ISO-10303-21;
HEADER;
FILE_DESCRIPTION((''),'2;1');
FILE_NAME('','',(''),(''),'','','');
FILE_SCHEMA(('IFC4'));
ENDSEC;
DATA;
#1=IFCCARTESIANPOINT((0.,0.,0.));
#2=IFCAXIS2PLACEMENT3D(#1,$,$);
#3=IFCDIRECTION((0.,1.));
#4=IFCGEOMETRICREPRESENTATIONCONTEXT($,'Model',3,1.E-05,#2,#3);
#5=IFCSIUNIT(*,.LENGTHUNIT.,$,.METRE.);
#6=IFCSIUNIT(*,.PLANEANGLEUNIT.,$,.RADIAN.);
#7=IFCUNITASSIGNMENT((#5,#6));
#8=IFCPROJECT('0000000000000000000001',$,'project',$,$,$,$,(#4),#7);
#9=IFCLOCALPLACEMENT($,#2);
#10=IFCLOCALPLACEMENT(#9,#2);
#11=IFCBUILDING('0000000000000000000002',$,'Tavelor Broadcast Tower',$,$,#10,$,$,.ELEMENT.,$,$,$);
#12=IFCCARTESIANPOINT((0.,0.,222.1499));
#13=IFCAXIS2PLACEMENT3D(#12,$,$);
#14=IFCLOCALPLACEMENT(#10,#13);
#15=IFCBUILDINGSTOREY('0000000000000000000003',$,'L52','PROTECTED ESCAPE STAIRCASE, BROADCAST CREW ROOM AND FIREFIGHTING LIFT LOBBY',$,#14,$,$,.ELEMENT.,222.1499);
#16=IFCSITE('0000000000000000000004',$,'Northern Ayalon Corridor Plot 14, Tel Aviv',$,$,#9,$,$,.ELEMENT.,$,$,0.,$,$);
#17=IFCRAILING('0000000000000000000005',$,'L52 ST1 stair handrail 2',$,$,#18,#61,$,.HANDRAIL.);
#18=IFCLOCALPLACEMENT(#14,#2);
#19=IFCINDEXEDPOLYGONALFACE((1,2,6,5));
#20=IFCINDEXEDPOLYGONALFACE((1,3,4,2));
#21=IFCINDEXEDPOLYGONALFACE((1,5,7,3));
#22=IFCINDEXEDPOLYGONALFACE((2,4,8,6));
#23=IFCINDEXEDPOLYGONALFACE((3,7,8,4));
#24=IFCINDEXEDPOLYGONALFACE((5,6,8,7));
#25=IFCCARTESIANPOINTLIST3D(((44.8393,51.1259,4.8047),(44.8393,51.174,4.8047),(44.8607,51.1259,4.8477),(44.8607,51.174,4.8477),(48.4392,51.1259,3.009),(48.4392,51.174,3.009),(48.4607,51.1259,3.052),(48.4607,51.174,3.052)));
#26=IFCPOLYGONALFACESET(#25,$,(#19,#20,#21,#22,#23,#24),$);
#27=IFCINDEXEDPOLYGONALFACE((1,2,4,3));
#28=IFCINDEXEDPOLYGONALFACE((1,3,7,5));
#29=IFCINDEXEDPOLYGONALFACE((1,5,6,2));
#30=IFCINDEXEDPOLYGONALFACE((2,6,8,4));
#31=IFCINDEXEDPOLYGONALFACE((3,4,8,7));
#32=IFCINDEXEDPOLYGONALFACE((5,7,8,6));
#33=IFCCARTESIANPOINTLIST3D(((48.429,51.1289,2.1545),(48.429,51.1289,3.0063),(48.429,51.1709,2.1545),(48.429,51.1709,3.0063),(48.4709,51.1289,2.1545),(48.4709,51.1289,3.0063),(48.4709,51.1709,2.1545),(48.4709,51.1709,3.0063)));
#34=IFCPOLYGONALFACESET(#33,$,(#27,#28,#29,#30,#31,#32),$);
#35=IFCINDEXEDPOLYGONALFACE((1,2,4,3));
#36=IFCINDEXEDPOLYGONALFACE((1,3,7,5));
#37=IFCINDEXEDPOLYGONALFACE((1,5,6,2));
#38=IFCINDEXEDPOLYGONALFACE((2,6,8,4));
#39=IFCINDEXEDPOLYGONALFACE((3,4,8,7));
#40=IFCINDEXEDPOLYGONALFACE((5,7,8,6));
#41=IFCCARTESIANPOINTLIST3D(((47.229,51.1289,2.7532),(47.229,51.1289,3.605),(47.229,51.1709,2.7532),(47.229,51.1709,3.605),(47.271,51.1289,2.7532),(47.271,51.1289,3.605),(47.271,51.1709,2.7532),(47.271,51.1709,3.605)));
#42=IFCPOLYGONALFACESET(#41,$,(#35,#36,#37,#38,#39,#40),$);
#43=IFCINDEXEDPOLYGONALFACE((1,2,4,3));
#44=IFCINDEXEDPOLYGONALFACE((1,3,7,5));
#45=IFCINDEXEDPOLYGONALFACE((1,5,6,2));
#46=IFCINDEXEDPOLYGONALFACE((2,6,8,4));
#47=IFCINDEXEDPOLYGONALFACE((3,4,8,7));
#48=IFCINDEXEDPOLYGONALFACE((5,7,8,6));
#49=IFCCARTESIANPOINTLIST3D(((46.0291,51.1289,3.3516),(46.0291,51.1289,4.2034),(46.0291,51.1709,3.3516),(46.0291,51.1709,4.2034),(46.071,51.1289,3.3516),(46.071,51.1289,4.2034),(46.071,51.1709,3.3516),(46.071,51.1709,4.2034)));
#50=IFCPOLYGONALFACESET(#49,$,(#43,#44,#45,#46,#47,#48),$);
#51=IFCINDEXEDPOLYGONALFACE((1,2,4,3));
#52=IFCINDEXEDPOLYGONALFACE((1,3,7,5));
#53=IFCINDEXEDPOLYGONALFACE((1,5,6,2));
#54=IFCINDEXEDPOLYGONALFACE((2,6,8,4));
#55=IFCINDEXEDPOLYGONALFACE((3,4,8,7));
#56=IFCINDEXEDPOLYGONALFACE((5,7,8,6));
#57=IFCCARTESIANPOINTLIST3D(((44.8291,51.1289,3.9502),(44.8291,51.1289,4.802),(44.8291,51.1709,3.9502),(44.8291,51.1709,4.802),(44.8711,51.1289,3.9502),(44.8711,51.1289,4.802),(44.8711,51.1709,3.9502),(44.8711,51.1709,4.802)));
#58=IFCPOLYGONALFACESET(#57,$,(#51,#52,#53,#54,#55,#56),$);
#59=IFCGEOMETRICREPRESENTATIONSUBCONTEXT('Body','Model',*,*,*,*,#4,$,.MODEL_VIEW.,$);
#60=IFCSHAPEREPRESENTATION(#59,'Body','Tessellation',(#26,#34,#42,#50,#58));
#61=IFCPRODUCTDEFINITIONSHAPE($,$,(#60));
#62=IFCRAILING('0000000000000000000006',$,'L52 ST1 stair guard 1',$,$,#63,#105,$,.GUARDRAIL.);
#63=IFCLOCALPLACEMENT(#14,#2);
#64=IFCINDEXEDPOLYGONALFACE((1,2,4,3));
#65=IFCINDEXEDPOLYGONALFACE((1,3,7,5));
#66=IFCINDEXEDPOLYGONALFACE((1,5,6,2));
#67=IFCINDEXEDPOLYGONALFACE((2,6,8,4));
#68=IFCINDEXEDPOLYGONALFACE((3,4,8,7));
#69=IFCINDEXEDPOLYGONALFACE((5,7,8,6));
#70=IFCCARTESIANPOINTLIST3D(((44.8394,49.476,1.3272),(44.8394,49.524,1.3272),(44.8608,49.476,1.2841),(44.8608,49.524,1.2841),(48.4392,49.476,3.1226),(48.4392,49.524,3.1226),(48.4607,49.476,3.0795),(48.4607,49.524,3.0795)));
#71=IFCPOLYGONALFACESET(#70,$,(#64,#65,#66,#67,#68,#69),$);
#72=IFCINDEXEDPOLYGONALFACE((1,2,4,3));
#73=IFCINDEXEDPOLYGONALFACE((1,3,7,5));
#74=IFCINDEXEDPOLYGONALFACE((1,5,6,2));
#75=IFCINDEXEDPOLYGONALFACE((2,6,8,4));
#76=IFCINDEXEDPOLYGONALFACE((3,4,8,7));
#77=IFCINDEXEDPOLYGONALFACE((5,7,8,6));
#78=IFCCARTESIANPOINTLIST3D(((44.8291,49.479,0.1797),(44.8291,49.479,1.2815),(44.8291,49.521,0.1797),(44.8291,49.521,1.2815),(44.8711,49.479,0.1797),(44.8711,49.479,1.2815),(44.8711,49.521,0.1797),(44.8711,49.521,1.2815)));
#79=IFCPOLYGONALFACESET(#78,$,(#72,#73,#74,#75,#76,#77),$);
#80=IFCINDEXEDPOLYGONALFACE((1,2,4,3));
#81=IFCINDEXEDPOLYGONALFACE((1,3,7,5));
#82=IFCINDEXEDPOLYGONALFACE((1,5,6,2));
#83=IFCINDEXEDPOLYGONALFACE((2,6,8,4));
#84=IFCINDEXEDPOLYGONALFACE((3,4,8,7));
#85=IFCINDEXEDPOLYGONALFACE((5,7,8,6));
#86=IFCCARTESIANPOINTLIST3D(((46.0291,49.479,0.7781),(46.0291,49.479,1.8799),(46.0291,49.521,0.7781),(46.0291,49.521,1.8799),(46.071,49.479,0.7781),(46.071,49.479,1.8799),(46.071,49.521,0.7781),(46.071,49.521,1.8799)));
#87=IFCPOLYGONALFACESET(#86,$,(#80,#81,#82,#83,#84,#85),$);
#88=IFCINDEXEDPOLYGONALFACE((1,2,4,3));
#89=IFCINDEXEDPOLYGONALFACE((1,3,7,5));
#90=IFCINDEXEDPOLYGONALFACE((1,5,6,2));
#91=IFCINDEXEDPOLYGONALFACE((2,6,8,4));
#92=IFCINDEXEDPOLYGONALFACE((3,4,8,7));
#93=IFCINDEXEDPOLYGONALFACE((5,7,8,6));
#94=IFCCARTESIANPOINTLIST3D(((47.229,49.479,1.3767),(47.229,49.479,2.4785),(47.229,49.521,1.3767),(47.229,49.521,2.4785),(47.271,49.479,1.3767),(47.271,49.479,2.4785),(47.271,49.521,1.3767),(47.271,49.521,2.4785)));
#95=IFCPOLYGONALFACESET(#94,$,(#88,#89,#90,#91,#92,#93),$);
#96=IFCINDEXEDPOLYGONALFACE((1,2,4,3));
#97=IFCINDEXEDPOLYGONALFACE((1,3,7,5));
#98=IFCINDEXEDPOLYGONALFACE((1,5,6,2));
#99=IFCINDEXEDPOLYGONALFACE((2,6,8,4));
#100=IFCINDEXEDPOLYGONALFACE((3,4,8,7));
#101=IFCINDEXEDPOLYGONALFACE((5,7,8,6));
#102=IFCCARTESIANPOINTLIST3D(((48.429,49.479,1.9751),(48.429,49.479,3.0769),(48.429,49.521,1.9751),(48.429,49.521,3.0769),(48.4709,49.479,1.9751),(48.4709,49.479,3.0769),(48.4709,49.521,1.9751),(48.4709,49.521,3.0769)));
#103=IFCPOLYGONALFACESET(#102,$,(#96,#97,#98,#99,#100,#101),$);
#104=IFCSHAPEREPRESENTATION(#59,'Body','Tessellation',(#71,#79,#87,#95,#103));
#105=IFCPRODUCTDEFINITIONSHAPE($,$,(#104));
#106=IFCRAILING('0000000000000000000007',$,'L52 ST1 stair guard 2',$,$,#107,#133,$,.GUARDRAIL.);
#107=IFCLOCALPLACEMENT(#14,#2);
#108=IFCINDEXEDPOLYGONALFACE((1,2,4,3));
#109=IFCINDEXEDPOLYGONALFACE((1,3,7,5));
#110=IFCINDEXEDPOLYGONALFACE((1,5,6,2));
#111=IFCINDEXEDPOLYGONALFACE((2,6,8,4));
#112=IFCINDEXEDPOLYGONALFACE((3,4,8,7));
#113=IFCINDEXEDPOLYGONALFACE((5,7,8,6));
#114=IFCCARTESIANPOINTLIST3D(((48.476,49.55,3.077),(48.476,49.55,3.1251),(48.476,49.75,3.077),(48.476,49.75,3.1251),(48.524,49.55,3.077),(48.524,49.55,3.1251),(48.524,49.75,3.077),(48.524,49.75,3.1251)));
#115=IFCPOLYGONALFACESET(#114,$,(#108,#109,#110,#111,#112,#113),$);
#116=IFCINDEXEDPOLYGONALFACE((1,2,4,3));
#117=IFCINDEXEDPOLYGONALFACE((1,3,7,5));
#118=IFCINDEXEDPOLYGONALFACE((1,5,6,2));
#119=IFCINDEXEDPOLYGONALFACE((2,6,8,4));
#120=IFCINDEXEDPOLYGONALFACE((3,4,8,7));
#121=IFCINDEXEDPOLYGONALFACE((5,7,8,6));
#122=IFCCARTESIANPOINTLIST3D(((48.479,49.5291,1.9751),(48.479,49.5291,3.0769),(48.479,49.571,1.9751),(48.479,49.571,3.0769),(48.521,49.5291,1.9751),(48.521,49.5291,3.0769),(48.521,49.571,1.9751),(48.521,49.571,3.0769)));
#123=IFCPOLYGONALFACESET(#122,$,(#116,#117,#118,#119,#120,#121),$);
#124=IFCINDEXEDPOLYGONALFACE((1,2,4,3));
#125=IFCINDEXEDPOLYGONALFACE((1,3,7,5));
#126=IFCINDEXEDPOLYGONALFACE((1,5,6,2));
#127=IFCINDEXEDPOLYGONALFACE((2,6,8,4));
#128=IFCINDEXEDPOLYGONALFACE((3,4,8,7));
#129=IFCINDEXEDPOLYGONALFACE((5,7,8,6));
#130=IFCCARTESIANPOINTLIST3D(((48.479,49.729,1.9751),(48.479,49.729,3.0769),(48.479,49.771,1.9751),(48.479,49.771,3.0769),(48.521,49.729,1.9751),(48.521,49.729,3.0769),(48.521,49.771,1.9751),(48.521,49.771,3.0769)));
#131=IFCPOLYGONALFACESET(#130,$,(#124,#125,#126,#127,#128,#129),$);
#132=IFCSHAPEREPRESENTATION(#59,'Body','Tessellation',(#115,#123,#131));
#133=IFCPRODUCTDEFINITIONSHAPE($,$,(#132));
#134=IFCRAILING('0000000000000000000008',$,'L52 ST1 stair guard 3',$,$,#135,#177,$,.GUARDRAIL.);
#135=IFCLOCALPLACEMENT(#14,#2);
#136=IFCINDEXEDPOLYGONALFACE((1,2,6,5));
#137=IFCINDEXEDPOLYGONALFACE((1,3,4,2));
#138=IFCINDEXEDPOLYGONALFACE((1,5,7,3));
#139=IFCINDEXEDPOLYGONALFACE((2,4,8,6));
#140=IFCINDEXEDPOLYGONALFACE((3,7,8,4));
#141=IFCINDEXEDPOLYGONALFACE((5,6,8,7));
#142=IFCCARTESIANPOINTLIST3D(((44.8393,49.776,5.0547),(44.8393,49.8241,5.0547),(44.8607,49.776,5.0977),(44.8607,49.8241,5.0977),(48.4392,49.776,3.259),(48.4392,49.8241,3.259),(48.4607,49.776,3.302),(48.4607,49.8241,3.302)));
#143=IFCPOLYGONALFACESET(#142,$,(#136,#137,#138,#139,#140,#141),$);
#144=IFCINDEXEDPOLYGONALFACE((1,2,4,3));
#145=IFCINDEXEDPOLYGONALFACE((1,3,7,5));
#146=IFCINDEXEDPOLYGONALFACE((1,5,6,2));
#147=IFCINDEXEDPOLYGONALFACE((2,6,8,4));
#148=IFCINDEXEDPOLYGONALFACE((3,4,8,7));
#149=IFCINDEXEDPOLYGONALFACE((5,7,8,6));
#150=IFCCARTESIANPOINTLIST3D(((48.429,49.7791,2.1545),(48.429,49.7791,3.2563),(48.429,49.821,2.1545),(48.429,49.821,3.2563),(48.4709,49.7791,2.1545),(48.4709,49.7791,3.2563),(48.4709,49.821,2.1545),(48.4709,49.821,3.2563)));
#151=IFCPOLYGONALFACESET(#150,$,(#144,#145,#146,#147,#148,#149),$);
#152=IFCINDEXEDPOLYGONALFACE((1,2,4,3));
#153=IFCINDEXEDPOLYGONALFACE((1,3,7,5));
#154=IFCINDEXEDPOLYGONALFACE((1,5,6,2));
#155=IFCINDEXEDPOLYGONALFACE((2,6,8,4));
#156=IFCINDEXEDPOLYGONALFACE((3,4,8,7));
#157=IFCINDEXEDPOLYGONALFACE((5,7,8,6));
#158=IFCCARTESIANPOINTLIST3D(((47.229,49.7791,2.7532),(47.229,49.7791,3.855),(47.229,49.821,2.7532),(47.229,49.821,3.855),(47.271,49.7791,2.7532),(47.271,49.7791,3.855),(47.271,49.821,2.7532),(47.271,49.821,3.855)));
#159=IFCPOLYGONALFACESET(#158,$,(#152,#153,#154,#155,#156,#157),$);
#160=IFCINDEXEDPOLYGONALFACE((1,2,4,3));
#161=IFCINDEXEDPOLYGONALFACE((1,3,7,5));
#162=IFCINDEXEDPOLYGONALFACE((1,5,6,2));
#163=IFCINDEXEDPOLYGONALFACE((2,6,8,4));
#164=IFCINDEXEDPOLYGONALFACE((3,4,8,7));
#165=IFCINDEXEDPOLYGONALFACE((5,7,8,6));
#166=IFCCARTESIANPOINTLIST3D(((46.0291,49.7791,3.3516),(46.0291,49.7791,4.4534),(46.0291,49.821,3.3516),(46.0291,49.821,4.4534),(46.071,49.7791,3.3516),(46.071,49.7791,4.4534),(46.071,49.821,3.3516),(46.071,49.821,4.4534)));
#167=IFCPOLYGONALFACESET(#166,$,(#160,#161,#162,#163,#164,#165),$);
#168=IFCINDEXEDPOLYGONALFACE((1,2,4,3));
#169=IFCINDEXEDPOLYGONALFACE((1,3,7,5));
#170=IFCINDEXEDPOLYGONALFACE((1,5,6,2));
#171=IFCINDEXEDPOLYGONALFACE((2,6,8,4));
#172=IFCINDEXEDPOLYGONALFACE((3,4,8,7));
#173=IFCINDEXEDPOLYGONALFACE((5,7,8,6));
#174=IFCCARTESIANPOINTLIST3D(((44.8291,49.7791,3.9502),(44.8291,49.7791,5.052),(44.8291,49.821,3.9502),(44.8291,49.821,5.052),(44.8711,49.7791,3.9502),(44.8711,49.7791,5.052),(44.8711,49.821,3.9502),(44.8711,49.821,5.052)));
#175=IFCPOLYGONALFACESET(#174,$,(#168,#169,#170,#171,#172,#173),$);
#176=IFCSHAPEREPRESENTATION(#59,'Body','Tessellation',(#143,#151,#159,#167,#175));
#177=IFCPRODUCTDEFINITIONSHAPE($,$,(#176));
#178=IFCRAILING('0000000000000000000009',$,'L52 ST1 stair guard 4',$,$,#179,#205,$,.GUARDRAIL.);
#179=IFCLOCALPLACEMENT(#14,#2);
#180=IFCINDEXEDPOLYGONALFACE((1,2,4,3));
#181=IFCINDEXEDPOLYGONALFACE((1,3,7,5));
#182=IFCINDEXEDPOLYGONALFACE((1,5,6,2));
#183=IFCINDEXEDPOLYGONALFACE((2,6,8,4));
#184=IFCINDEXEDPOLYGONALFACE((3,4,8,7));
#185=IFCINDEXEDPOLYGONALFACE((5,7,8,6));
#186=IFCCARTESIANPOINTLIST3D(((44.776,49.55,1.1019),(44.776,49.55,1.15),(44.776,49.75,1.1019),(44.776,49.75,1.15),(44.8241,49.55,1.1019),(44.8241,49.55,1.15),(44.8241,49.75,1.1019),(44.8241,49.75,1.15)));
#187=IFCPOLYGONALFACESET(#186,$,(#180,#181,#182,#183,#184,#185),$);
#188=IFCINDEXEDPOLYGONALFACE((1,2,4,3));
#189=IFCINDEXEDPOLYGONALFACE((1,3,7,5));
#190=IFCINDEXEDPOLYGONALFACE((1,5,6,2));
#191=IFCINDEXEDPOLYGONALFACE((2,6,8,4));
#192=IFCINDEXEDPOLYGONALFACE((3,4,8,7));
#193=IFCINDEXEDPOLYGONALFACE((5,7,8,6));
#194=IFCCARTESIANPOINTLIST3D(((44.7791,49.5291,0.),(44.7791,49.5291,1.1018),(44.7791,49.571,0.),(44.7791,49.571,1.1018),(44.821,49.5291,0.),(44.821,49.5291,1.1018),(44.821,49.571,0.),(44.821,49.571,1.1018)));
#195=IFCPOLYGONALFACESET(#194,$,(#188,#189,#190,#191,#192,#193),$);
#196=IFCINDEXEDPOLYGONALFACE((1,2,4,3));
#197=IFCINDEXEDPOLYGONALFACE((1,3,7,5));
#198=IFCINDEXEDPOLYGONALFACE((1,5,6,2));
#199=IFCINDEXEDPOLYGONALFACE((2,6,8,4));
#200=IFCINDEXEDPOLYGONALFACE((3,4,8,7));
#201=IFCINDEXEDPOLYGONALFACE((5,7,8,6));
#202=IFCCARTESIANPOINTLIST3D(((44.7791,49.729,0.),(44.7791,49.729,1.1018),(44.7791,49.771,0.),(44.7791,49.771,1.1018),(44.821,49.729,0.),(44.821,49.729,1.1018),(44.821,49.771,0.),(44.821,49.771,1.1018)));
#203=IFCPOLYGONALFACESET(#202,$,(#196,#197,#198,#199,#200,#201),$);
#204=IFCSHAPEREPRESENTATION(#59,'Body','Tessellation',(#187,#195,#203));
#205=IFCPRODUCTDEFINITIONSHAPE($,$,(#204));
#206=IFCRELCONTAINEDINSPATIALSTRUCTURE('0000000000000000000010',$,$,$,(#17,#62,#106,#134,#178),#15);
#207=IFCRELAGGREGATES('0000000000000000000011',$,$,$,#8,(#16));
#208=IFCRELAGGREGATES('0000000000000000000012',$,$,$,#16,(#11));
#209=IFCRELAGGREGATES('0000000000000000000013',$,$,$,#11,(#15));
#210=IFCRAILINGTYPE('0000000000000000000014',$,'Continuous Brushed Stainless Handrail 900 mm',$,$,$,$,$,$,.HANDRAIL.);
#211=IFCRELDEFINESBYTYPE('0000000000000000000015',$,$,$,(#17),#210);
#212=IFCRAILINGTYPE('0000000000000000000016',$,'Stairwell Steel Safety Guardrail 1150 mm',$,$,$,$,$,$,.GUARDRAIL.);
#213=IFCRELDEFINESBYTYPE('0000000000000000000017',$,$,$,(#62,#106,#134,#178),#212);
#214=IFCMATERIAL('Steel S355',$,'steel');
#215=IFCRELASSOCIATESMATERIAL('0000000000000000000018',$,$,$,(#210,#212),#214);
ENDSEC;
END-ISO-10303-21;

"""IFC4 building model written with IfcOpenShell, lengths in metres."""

from ifc_helpers import new_model, si_unit, direction, frame, origin, origin_2d, place, context, subcontext, project, spatial, rectangle, extrude, material, type_object, element, save


model = new_model("IFC4")

# Units and contexts
model_context = context("Model", 3, precision=1e-05, world=origin(), true_north=direction((0.0, 1.0)))
body_context = subcontext(model_context, "Body", "Model", "MODEL_VIEW")
ifc_project = project(units=[si_unit("LENGTHUNIT", "METRE"), si_unit("PLANEANGLEUNIT", "RADIAN")], contexts=[model_context])

# Site, building, storey
site_placement = place(None, origin())
site = spatial("IfcSite", under=ifc_project, at=site_placement, Name="Northern Ayalon Corridor Plot 14, Tel Aviv", CompositionType="ELEMENT", RefElevation=0.0)
building_placement = place(site_placement, origin())
building = spatial("IfcBuilding", under=site, at=building_placement, Name="Tavelor Broadcast Tower", CompositionType="ELEMENT")
storey_placement = place(building_placement, frame((0.0, 0.0, 222.1499)))
storey = spatial("IfcBuildingStorey", under=building, at=storey_placement, Name="L52", Description="PROTECTED ESCAPE STAIRCASE, BROADCAST CREW ROOM AND FIREFIGHTING LIFT LOBBY", CompositionType="ELEMENT", Elevation=222.1499)

# Shared definitions
ifc_material_1 = material(Name="Steel S355", Category="steel")

# Railings
railing_type_1 = type_object("IfcRailingType", Name="Continuous Brushed Stainless Handrail 900 mm", PredefinedType="HANDRAIL", material=ifc_material_1)
railing_1_placement = place(storey_placement, frame((48.45, 51.1499, 2.1545)))
element("IfcRailing", 1, at=railing_1_placement, inside=storey, type_object=railing_type_1, Name="L52 ST1 stair handrail 2", PredefinedType="HANDRAIL", context=body_context, shape_type="SweptSolid", body=[
    extrude(rectangle(XDim=0.0481, YDim=0.0481, at=origin_2d()), frame((0.0, 0.0, 0.876), z_axis=(-0.894852, 0.0, 0.446364), x_axis=(0.0, -1.0, 0.0)), (0.0, 0.0, 1.0), 4.0229),
    extrude(rectangle(XDim=0.042, YDim=0.042, at=origin_2d()), origin(), (0.0, 0.0, 1.0), 0.8518),
    extrude(rectangle(XDim=0.042, YDim=0.042, at=origin_2d()), frame((-1.2, 0.0, 0.5986)), (0.0, 0.0, 1.0), 0.8518),
    extrude(rectangle(XDim=0.042, YDim=0.042, at=origin_2d()), frame((-2.3999, 0.0, 1.197)), (0.0, 0.0, 1.0), 0.8518),
    extrude(rectangle(XDim=0.042, YDim=0.042, at=origin_2d()), frame((-3.5999, 0.0, 1.7957)), (0.0, 0.0, 1.0), 0.8518),
])
railing_type_2 = type_object("IfcRailingType", Name="Stairwell Steel Safety Guardrail 1150 mm", PredefinedType="GUARDRAIL", material=ifc_material_1)
railing_2_placement = place(storey_placement, frame((44.8501, 49.5, 0.1797)))
element("IfcRailing", 2, at=railing_2_placement, inside=storey, type_object=railing_type_2, Name="L52 ST1 stair guard 1", PredefinedType="GUARDRAIL", context=body_context, shape_type="SweptSolid", body=[
    extrude(rectangle(XDim=0.0481, YDim=0.0481, at=origin_2d()), frame((0.0, 0.0, 1.126), z_axis=(0.894876, 0.0, 0.446315), x_axis=(0.0, 1.0, 0.0)), (0.0, 0.0, 1.0), 4.0227),
    extrude(rectangle(XDim=0.042, YDim=0.042, at=origin_2d()), origin(), (0.0, 0.0, 1.0), 1.1018),
    extrude(rectangle(XDim=0.042, YDim=0.042, at=origin_2d()), frame((1.2, 0.0, 0.5984)), (0.0, 0.0, 1.0), 1.1018),
    extrude(rectangle(XDim=0.042, YDim=0.042, at=origin_2d()), frame((2.3999, 0.0, 1.197)), (0.0, 0.0, 1.0), 1.1018),
    extrude(rectangle(XDim=0.042, YDim=0.042, at=origin_2d()), frame((3.5999, 0.0, 1.7954)), (0.0, 0.0, 1.0), 1.1018),
])
railing_3_placement = place(storey_placement, frame((48.5, 49.55, 1.9751)))
element("IfcRailing", 3, at=railing_3_placement, inside=storey, type_object=railing_type_2, Name="L52 ST1 stair guard 2", PredefinedType="GUARDRAIL", context=body_context, shape_type="SweptSolid", body=[
    extrude(rectangle(XDim=0.0481, YDim=0.0481, at=origin_2d()), frame((0.0, 0.0, 1.126), z_axis=(0.0, 1.0, 0.0), x_axis=(-1.0, 0.0, 0.0)), (0.0, 0.0, 1.0), 0.2),
    extrude(rectangle(XDim=0.042, YDim=0.042, at=origin_2d()), origin(), (0.0, 0.0, 1.0), 1.1018),
    extrude(rectangle(XDim=0.042, YDim=0.042, at=origin_2d()), frame((0.0, 0.2, 0.0)), (0.0, 0.0, 1.0), 1.1018),
])
railing_4_placement = place(storey_placement, frame((48.45, 49.8, 2.1545)))
element("IfcRailing", 4, at=railing_4_placement, inside=storey, type_object=railing_type_2, Name="L52 ST1 stair guard 3", PredefinedType="GUARDRAIL", context=body_context, shape_type="SweptSolid", body=[
    extrude(rectangle(XDim=0.0481, YDim=0.0481, at=origin_2d()), frame((0.0, 0.0, 1.126), z_axis=(-0.894852, 0.0, 0.446364), x_axis=(0.0, -1.0, 0.0)), (0.0, 0.0, 1.0), 4.0229),
    extrude(rectangle(XDim=0.042, YDim=0.042, at=origin_2d()), origin(), (0.0, 0.0, 1.0), 1.1018),
    extrude(rectangle(XDim=0.042, YDim=0.042, at=origin_2d()), frame((-1.2, 0.0, 0.5986)), (0.0, 0.0, 1.0), 1.1018),
    extrude(rectangle(XDim=0.042, YDim=0.042, at=origin_2d()), frame((-2.3999, 0.0, 1.197)), (0.0, 0.0, 1.0), 1.1018),
    extrude(rectangle(XDim=0.042, YDim=0.042, at=origin_2d()), frame((-3.5999, 0.0, 1.7957)), (0.0, 0.0, 1.0), 1.1018),
])
railing_5_placement = place(storey_placement, frame((44.8, 49.55, 0.0)))
element("IfcRailing", 5, at=railing_5_placement, inside=storey, type_object=railing_type_2, Name="L52 ST1 stair guard 4", PredefinedType="GUARDRAIL", context=body_context, shape_type="SweptSolid", body=[
    extrude(rectangle(XDim=0.0481, YDim=0.0481, at=origin_2d()), frame((0.0, 0.0, 1.126), z_axis=(0.0, 1.0, 0.0), x_axis=(-1.0, 0.0, 0.0)), (0.0, 0.0, 1.0), 0.2),
    extrude(rectangle(XDim=0.042, YDim=0.042, at=origin_2d()), origin(), (0.0, 0.0, 1.0), 1.1018),
    extrude(rectangle(XDim=0.042, YDim=0.042, at=origin_2d()), frame((0.0, 0.2, 0.0)), (0.0, 0.0, 1.0), 1.1018),
])

save(model, "model.ifc")
